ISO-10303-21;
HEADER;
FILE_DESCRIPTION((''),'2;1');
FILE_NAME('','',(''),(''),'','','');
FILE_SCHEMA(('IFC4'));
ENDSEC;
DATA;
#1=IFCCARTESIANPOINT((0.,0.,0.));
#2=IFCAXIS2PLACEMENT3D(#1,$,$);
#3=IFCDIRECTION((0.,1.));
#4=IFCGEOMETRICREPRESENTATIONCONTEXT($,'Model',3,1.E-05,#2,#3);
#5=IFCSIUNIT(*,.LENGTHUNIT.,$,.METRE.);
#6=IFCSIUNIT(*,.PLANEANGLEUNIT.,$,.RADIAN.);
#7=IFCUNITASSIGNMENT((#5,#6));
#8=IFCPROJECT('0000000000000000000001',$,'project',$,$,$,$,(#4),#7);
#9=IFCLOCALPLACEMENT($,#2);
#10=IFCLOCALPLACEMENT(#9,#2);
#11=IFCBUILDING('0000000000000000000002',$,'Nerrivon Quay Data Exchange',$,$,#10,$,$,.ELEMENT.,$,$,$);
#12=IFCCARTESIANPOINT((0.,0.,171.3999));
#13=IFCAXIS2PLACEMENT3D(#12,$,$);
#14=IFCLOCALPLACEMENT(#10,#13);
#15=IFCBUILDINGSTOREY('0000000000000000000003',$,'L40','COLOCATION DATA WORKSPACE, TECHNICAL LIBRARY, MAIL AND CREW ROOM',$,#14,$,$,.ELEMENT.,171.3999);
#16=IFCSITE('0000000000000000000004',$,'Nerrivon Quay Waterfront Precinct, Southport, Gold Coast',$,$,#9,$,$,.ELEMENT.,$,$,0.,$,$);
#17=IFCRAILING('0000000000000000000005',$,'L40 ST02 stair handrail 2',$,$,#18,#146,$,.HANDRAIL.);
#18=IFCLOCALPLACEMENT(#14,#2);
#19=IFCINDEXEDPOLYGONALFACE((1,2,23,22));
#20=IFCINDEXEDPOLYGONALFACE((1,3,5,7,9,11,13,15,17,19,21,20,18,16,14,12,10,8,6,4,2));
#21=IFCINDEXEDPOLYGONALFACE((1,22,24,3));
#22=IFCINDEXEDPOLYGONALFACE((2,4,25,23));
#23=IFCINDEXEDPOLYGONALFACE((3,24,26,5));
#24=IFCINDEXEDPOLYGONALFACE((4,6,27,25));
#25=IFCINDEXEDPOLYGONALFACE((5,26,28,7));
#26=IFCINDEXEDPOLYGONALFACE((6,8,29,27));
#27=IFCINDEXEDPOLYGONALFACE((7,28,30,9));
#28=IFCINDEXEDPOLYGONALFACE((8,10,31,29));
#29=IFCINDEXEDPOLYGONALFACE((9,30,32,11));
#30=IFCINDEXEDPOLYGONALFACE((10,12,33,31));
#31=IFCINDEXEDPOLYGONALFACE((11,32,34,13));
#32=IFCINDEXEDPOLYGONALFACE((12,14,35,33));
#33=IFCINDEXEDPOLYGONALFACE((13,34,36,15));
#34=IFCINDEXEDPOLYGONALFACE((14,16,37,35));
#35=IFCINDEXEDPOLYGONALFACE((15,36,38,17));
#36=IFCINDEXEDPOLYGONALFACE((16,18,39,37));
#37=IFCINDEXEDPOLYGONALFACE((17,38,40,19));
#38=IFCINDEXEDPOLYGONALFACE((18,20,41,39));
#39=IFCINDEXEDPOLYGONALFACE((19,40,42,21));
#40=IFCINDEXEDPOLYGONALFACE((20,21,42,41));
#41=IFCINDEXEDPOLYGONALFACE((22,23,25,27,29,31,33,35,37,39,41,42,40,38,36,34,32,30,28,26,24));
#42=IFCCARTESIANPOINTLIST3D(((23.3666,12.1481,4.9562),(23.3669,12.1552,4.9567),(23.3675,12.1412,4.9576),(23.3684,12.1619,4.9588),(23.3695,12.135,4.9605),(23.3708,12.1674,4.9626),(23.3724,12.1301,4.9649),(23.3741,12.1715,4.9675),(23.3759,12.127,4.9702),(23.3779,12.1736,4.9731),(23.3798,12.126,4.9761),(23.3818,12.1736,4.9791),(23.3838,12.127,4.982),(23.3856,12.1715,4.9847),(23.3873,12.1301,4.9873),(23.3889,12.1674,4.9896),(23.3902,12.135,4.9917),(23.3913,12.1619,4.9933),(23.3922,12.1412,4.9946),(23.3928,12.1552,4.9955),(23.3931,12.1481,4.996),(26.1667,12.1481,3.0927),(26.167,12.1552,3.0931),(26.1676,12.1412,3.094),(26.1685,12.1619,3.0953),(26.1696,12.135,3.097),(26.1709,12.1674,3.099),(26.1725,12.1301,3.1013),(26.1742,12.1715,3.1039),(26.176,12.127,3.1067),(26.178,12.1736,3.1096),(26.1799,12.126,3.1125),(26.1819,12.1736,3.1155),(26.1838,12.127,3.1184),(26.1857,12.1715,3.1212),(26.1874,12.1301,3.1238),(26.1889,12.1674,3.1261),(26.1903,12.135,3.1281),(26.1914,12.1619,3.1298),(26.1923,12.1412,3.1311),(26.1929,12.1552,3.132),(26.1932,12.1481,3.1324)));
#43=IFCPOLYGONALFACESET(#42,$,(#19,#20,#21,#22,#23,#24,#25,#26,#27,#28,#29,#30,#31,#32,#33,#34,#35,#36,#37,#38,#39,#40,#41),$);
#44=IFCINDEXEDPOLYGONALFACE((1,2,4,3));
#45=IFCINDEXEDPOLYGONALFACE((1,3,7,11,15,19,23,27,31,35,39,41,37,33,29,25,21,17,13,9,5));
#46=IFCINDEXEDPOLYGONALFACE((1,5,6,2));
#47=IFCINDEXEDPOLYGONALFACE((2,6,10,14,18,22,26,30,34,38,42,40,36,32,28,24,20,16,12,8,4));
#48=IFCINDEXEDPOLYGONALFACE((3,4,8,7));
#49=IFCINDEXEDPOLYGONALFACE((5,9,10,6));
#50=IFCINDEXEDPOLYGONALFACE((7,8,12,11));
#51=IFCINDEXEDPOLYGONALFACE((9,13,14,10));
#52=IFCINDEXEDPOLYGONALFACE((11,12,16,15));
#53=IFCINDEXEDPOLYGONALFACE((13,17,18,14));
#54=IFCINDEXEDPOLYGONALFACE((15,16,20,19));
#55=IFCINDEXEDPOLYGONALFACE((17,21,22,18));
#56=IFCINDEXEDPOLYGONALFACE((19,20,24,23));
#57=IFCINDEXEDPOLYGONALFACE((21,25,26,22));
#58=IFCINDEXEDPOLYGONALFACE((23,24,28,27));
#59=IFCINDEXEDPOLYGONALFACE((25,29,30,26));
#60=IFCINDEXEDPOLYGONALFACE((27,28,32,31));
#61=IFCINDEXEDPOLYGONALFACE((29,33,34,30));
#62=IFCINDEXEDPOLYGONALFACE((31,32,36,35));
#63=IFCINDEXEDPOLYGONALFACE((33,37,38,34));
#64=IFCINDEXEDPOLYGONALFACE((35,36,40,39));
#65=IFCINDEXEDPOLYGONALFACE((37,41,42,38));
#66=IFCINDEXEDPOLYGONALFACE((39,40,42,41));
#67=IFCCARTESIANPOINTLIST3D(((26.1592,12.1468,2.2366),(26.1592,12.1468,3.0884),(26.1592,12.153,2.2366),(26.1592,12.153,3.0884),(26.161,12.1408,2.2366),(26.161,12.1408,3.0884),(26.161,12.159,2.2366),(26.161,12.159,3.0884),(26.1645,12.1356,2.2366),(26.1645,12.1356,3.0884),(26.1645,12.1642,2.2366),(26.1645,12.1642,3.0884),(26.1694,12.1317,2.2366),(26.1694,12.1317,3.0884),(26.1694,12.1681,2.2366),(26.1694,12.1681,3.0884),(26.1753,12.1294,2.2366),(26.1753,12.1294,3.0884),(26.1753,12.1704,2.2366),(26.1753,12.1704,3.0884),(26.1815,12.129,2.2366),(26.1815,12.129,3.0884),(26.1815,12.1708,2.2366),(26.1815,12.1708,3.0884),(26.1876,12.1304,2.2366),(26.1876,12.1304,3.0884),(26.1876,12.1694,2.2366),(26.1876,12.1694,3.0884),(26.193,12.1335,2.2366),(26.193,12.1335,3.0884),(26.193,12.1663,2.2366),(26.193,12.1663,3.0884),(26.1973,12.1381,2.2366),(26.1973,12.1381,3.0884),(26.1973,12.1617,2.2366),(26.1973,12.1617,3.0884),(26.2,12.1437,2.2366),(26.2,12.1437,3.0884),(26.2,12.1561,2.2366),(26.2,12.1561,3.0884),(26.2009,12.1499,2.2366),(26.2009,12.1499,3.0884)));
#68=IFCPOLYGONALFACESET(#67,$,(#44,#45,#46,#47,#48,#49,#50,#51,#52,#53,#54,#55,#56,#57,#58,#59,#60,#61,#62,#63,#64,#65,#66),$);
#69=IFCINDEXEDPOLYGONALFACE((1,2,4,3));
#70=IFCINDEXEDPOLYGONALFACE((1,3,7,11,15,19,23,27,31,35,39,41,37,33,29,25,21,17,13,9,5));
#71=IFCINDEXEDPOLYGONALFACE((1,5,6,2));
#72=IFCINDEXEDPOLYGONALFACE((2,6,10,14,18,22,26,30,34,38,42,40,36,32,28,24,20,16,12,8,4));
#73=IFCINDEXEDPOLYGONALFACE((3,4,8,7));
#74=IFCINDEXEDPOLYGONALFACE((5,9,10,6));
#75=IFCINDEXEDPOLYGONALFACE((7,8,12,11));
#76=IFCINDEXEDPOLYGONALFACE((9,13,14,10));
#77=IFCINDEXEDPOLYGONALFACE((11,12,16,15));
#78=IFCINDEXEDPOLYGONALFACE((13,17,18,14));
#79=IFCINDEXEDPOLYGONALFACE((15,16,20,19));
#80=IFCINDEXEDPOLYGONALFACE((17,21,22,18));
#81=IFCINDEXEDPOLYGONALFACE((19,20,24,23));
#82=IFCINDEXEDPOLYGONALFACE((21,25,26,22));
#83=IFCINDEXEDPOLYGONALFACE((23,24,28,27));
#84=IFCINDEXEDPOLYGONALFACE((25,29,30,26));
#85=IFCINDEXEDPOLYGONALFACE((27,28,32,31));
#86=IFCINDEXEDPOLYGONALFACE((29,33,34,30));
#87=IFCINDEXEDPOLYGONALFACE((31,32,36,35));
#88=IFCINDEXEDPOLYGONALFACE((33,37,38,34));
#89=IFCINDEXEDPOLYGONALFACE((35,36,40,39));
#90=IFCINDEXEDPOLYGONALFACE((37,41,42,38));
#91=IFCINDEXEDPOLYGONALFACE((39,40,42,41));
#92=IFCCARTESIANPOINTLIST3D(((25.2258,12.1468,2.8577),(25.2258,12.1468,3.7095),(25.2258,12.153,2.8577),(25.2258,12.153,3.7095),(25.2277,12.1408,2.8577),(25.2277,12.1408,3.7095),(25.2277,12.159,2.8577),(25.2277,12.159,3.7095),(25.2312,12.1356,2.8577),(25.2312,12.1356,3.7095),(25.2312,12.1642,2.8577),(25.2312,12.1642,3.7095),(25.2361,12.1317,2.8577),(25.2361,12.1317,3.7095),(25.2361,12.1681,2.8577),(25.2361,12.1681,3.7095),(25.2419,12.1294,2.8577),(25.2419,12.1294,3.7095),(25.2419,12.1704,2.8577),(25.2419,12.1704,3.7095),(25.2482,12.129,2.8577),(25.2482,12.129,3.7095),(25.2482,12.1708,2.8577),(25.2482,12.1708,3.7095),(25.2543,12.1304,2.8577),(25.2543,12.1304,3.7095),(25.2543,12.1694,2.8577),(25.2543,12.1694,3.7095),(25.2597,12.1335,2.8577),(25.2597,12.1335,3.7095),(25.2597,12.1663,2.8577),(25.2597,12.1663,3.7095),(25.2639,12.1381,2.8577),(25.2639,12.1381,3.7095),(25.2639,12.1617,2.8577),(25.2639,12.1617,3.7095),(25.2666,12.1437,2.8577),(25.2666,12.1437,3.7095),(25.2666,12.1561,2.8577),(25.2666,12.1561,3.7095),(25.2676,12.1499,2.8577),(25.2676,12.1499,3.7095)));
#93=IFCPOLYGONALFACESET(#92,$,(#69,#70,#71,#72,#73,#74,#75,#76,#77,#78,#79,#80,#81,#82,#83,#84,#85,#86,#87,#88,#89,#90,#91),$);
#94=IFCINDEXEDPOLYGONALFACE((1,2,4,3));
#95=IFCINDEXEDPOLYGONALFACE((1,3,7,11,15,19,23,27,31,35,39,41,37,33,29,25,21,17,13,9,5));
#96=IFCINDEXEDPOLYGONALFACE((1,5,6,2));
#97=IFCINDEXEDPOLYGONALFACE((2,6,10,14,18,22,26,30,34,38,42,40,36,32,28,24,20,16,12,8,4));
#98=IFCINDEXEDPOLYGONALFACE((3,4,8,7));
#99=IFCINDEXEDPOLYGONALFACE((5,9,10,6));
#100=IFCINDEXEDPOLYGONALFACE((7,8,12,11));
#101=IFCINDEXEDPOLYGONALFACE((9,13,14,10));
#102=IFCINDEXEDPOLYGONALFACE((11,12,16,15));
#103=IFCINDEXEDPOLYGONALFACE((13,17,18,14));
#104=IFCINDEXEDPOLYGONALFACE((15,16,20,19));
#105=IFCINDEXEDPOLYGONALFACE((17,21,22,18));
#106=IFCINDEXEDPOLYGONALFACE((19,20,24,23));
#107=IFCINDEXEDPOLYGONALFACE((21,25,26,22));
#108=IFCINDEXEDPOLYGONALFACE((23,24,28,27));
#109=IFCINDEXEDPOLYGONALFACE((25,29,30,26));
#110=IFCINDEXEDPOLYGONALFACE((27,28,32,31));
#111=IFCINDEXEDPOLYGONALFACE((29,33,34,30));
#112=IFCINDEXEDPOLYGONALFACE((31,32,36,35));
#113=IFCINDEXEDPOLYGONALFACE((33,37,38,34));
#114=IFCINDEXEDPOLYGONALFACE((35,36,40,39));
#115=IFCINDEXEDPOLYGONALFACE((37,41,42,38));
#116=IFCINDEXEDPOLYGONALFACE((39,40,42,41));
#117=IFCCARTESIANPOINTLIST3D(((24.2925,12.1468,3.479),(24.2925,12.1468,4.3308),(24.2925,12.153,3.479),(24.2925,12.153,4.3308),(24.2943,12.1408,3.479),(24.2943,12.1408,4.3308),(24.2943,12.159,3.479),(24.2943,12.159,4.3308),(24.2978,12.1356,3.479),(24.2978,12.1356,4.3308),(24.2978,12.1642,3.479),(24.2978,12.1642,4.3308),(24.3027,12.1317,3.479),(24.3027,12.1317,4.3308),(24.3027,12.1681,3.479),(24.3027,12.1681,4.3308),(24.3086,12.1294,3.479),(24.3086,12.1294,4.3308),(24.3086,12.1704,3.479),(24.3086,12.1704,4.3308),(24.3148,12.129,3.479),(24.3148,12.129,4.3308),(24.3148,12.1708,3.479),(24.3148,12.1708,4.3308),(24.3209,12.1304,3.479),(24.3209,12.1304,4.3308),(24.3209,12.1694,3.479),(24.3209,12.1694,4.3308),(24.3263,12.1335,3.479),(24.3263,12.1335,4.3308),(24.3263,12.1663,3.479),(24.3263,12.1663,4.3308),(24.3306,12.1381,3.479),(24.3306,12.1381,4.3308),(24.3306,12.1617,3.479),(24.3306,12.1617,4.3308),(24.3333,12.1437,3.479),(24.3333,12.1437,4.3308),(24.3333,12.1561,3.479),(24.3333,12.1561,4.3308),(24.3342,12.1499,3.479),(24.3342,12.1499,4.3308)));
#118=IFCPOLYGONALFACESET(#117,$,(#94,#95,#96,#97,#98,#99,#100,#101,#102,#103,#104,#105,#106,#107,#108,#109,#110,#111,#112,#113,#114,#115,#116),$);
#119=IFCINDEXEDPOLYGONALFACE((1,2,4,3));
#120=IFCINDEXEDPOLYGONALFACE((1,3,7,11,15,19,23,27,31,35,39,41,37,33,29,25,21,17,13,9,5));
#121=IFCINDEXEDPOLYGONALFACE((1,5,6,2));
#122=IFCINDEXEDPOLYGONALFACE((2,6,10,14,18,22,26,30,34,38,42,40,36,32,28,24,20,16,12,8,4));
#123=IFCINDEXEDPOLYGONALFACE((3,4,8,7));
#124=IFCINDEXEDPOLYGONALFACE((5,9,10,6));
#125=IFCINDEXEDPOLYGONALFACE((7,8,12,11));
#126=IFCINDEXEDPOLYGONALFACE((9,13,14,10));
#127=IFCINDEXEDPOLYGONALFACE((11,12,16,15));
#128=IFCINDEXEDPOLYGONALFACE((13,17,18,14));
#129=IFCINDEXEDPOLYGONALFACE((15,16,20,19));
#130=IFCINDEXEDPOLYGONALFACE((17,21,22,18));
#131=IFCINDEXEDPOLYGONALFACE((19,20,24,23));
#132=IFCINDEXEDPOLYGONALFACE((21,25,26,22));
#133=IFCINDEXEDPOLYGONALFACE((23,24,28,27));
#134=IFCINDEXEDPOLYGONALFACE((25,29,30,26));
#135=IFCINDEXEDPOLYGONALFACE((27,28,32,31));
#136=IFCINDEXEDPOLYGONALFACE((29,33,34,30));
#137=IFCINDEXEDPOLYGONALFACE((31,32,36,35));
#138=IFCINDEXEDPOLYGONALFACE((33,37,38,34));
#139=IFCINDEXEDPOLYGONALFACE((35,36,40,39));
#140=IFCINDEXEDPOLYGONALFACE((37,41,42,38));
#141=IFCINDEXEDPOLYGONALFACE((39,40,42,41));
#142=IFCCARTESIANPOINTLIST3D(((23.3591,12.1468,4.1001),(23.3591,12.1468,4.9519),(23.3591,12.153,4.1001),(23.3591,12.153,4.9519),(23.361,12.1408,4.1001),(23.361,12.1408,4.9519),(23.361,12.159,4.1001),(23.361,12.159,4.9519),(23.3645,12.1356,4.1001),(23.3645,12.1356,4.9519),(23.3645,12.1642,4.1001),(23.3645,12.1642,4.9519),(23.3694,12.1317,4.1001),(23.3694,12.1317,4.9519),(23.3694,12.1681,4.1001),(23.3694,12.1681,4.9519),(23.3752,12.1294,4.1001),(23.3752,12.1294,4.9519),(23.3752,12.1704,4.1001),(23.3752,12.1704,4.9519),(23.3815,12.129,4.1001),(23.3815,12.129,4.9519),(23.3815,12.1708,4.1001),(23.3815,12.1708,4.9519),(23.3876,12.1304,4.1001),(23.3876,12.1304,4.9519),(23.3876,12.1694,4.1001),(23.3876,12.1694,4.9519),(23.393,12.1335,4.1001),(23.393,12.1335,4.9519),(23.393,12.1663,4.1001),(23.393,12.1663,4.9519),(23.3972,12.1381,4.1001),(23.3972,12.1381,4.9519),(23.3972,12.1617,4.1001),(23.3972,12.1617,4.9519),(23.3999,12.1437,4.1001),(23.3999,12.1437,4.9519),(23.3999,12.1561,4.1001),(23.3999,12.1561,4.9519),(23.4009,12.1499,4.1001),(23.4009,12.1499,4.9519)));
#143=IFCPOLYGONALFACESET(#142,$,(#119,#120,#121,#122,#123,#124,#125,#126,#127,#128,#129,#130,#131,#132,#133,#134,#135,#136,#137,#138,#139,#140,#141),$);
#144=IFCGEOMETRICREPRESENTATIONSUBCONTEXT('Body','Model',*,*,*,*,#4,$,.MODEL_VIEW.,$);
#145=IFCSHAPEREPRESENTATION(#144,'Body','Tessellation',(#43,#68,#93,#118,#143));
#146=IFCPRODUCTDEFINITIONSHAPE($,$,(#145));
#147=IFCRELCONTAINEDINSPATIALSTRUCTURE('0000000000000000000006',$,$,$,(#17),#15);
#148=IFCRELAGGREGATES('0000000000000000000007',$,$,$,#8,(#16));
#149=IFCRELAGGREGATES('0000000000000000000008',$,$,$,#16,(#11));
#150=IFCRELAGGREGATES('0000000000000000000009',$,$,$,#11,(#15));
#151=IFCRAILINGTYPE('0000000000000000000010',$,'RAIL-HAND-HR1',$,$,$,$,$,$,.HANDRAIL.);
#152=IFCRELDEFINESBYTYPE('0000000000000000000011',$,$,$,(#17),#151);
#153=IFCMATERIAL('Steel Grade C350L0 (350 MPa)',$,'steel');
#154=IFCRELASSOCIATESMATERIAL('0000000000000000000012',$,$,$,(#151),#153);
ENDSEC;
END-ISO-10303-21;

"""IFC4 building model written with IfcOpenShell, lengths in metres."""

from ifc_helpers import new_model, si_unit, direction, frame, origin, origin_2d, place, context, subcontext, project, spatial, circle, extrude, material, type_object, element, save


model = new_model("IFC4")

# Units and contexts
model_context = context("Model", 3, precision=1e-05, world=origin(), true_north=direction((0.0, 1.0)))
body_context = subcontext(model_context, "Body", "Model", "MODEL_VIEW")
ifc_project = project(units=[si_unit("LENGTHUNIT", "METRE"), si_unit("PLANEANGLEUNIT", "RADIAN")], contexts=[model_context])

# Site, building, storey
site_placement = place(None, origin())
site = spatial("IfcSite", under=ifc_project, at=site_placement, Name="Nerrivon Quay Waterfront Precinct, Southport, Gold Coast", CompositionType="ELEMENT", RefElevation=0.0)
building_placement = place(site_placement, origin())
building = spatial("IfcBuilding", under=site, at=building_placement, Name="Nerrivon Quay Data Exchange", CompositionType="ELEMENT")
storey_placement = place(building_placement, frame((0.0, 0.0, 171.3999)))
storey = spatial("IfcBuildingStorey", under=building, at=storey_placement, Name="L40", Description="COLOCATION DATA WORKSPACE, TECHNICAL LIBRARY, MAIL AND CREW ROOM", CompositionType="ELEMENT", Elevation=171.3999)

# Shared definitions
ifc_material_1 = material(Name="Steel Grade C350L0 (350 MPa)", Category="steel")

# Railing
railing_type_1 = type_object("IfcRailingType", Name="RAIL-HAND-HR1", PredefinedType="HANDRAIL", material=ifc_material_1)
railing_1_placement = place(storey_placement, frame((26.1799, 12.1499, 2.2366)))
element("IfcRailing", 1, at=railing_1_placement, inside=storey, type_object=railing_type_1, Name="L40 ST02 stair handrail 2", PredefinedType="HANDRAIL", context=body_context, shape_type="SweptSolid", body=[
    extrude(circle(Radius=0.0239, at=origin_2d()), frame((0.0, 0.0, 0.876), z_axis=(-0.832486, 0.0, 0.554047), x_axis=(0.0, -1.0, 0.0)), (0.0, 0.0, 1.0), 3.3635),
    extrude(circle(Radius=0.021, at=origin_2d()), origin(), (0.0, 0.0, 1.0), 0.8518),
    extrude(circle(Radius=0.021, at=origin_2d()), frame((-0.9333, 0.0, 0.6211)), (0.0, 0.0, 1.0), 0.8518),
    extrude(circle(Radius=0.021, at=origin_2d()), frame((-1.8667, 0.0, 1.2424)), (0.0, 0.0, 1.0), 0.8518),
    extrude(circle(Radius=0.021, at=origin_2d()), frame((-2.8, 0.0, 1.8635)), (0.0, 0.0, 1.0), 0.8518),
])

save(model, "model.ifc")
